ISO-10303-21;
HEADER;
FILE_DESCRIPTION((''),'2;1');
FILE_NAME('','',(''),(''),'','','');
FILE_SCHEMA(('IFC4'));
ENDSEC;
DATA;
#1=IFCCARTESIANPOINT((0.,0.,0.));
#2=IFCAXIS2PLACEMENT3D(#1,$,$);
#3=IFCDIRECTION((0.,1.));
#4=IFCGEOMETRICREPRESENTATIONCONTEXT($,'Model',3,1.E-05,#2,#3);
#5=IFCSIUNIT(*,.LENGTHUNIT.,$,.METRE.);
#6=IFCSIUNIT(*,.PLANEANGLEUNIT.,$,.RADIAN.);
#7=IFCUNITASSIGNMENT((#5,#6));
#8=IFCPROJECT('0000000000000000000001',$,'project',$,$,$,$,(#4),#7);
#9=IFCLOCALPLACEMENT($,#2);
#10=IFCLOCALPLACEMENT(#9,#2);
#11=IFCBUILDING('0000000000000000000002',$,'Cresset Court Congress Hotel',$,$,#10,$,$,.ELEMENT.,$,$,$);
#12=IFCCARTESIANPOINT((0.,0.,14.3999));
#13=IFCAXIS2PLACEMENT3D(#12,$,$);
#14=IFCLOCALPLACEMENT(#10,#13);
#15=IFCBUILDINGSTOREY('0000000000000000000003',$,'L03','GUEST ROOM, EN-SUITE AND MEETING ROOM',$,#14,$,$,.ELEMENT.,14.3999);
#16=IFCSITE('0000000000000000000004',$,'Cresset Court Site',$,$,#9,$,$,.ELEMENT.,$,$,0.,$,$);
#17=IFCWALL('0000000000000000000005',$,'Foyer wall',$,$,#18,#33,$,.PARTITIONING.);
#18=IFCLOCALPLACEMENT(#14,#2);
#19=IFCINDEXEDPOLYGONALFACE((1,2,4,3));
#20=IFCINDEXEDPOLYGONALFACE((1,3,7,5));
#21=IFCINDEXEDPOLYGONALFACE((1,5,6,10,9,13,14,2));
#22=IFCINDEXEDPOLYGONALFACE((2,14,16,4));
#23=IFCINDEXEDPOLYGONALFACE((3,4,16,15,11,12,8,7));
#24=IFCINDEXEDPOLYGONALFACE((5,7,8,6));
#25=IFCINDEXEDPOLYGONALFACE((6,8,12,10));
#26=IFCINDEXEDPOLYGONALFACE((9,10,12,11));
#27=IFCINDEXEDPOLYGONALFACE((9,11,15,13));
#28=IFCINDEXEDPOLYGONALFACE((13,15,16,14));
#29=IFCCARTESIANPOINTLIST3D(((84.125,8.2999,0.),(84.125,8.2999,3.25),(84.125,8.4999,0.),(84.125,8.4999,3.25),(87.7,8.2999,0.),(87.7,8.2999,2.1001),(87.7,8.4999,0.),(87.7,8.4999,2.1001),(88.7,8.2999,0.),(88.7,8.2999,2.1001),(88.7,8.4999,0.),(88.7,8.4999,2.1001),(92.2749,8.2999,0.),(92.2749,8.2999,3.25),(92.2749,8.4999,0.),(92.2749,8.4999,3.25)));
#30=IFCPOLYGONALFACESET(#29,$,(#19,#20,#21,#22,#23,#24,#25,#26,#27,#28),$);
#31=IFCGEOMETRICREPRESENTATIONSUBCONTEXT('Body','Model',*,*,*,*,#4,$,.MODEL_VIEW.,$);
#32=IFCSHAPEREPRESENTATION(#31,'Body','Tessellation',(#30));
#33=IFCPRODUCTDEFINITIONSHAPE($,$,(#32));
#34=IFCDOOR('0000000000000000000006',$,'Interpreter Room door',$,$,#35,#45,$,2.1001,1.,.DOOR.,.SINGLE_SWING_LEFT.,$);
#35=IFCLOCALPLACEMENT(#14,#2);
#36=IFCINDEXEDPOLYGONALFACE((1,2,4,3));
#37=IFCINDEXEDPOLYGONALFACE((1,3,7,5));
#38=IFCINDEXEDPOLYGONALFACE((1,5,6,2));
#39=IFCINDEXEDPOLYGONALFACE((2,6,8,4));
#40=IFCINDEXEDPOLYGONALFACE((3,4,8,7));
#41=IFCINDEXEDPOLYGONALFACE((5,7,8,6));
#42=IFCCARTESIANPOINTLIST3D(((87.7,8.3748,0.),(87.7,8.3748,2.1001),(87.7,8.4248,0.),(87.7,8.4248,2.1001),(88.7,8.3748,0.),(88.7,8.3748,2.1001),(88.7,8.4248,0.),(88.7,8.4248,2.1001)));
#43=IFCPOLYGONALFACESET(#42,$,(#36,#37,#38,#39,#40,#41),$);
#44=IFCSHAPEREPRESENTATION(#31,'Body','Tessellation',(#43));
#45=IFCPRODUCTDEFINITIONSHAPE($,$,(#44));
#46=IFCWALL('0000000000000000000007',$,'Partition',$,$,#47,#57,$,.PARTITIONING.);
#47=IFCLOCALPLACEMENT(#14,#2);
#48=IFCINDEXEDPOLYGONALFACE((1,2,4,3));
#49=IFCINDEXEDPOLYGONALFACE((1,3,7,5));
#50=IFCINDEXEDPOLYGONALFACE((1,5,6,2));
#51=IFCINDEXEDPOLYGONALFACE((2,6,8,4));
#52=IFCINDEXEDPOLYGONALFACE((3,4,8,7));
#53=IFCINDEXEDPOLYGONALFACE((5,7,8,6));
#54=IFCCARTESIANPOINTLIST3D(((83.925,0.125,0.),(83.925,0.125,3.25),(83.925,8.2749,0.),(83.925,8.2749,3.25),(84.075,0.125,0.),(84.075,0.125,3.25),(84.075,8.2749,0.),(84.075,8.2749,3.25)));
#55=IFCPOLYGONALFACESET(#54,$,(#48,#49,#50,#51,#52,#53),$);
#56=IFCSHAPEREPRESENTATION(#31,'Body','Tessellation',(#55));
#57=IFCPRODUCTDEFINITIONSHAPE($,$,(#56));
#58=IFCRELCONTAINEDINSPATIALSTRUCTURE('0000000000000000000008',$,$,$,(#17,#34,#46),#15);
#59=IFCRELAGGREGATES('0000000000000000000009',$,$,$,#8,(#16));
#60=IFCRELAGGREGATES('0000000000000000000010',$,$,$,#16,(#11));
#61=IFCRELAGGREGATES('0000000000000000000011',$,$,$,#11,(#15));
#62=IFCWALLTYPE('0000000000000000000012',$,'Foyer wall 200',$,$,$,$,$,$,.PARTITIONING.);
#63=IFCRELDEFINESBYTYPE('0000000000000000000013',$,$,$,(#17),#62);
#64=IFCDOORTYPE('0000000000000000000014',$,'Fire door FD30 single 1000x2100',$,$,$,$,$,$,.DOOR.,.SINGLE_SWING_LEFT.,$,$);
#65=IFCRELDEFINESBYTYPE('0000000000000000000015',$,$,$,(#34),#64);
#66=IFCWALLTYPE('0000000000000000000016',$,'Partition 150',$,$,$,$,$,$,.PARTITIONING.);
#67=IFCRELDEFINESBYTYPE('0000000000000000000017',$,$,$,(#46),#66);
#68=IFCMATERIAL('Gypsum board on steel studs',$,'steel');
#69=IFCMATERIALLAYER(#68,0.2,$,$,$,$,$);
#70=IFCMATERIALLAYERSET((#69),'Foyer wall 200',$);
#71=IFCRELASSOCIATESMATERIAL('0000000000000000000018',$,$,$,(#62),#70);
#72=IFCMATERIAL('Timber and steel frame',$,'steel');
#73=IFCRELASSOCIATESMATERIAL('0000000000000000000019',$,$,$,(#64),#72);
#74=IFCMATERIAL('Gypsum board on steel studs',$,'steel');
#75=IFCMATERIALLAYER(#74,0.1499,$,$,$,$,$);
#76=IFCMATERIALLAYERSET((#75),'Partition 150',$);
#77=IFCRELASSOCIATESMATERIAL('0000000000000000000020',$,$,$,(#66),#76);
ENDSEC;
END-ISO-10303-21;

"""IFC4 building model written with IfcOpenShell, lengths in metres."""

from ifc_helpers import new_model, si_unit, direction, frame, frame_2d, origin, place, context, subcontext, project, spatial, rectangle, extrude, material, layer, layer_set, type_object, element, fill, save


model = new_model("IFC4")

# Units and contexts
model_context = context("Model", 3, precision=1e-05, world=origin(), true_north=direction((0.0, 1.0)))
body_context = subcontext(model_context, "Body", "Model", "MODEL_VIEW")
ifc_project = project(units=[si_unit("LENGTHUNIT", "METRE"), si_unit("PLANEANGLEUNIT", "RADIAN")], contexts=[model_context])

# Site, building, storey
site_placement = place(None, origin())
site = spatial("IfcSite", under=ifc_project, at=site_placement, Name="Cresset Court Site", CompositionType="ELEMENT", RefElevation=0.0)
building_placement = place(site_placement, origin())
building = spatial("IfcBuilding", under=site, at=building_placement, Name="Cresset Court Congress Hotel", CompositionType="ELEMENT")
storey_placement = place(building_placement, frame((0.0, 0.0, 14.3999)))
storey = spatial("IfcBuildingStorey", under=building, at=storey_placement, Name="L03", Description="GUEST ROOM, EN-SUITE AND MEETING ROOM", CompositionType="ELEMENT", Elevation=14.3999)

# Wall, opening, door
ifc_material_1 = material(Name="Gypsum board on steel studs", Category="steel")
ifc_layer_1 = layer(ifc_material_1, 0.2)
ifc_layer_set_1 = layer_set([ifc_layer_1], Name="Foyer wall 200")
wall_type_1 = type_object("IfcWallType", Name="Foyer wall 200", PredefinedType="PARTITIONING", material=ifc_layer_set_1)
wall_1_placement = place(storey_placement, frame((84.125, 8.3999, 0.0), z_axis=(0.0, 0.0, 1.0), x_axis=(1.0, 0.0, 0.0)))
wall_1 = element("IfcWall", 1, at=wall_1_placement, inside=storey, type_object=wall_type_1, Name="Foyer wall", PredefinedType="PARTITIONING", context=body_context, shape_type="SweptSolid", body=[
    extrude(rectangle(XDim=8.1499, YDim=0.2, at=frame_2d((4.075, 0.0))), origin(), (0.0, 0.0, 1.0), 3.25),
])
opening_placement = place(wall_1_placement, frame((3.575, 0.0, 0.0)))
opening = element("IfcOpeningElement", 2, at=opening_placement, cuts=wall_1, PredefinedType="OPENING", context=body_context, shape_type="SweptSolid", body=[
    extrude(rectangle(XDim=1.0, YDim=2.1001, at=frame_2d((0.5, 1.05))), frame((0.0, 0.1099, 0.0), z_axis=(0.0, -1.0, 0.0), x_axis=(1.0, 0.0, 0.0)), (0.0, 0.0, 1.0), 0.22),
])
ifc_material_2 = material(Name="Timber and steel frame", Category="steel")
door_type = type_object("IfcDoorType", Name="Fire door FD30 single 1000x2100", OperationType="SINGLE_SWING_LEFT", PredefinedType="DOOR", material=ifc_material_2)
door_placement = place(opening_placement, origin())
door = element("IfcDoor", 3, at=door_placement, inside=storey, type_object=door_type, Name="Interpreter Room door", OperationType="SINGLE_SWING_LEFT", OverallHeight=2.1001, OverallWidth=1.0, PredefinedType="DOOR", context=body_context, shape_type="SweptSolid", body=[
    extrude(rectangle(XDim=1.0, YDim=2.1001, at=frame_2d((0.5, 1.05))), frame((0.0, 0.0249, 0.0), z_axis=(0.0, -1.0, 0.0), x_axis=(1.0, 0.0, 0.0)), (0.0, 0.0, 1.0), 0.05),
])
fill(opening, door)

# Wall
ifc_material_3 = material(Name="Gypsum board on steel studs", Category="steel")
ifc_layer_2 = layer(ifc_material_3, 0.1499)
ifc_layer_set_2 = layer_set([ifc_layer_2], Name="Partition 150")
wall_type_2 = type_object("IfcWallType", Name="Partition 150", PredefinedType="PARTITIONING", material=ifc_layer_set_2)
wall_2_placement = place(storey_placement, frame((84.0, 0.125, 0.0), z_axis=(0.0, 0.0, 1.0), x_axis=(0.0, 1.0, 0.0)))
element("IfcWall", 4, at=wall_2_placement, inside=storey, type_object=wall_type_2, Name="Partition", PredefinedType="PARTITIONING", context=body_context, shape_type="SweptSolid", body=[
    extrude(rectangle(XDim=8.1499, YDim=0.1499, at=frame_2d((4.075, 0.0))), origin(), (0.0, 0.0, 1.0), 3.25),
])

save(model, "model.ifc")
